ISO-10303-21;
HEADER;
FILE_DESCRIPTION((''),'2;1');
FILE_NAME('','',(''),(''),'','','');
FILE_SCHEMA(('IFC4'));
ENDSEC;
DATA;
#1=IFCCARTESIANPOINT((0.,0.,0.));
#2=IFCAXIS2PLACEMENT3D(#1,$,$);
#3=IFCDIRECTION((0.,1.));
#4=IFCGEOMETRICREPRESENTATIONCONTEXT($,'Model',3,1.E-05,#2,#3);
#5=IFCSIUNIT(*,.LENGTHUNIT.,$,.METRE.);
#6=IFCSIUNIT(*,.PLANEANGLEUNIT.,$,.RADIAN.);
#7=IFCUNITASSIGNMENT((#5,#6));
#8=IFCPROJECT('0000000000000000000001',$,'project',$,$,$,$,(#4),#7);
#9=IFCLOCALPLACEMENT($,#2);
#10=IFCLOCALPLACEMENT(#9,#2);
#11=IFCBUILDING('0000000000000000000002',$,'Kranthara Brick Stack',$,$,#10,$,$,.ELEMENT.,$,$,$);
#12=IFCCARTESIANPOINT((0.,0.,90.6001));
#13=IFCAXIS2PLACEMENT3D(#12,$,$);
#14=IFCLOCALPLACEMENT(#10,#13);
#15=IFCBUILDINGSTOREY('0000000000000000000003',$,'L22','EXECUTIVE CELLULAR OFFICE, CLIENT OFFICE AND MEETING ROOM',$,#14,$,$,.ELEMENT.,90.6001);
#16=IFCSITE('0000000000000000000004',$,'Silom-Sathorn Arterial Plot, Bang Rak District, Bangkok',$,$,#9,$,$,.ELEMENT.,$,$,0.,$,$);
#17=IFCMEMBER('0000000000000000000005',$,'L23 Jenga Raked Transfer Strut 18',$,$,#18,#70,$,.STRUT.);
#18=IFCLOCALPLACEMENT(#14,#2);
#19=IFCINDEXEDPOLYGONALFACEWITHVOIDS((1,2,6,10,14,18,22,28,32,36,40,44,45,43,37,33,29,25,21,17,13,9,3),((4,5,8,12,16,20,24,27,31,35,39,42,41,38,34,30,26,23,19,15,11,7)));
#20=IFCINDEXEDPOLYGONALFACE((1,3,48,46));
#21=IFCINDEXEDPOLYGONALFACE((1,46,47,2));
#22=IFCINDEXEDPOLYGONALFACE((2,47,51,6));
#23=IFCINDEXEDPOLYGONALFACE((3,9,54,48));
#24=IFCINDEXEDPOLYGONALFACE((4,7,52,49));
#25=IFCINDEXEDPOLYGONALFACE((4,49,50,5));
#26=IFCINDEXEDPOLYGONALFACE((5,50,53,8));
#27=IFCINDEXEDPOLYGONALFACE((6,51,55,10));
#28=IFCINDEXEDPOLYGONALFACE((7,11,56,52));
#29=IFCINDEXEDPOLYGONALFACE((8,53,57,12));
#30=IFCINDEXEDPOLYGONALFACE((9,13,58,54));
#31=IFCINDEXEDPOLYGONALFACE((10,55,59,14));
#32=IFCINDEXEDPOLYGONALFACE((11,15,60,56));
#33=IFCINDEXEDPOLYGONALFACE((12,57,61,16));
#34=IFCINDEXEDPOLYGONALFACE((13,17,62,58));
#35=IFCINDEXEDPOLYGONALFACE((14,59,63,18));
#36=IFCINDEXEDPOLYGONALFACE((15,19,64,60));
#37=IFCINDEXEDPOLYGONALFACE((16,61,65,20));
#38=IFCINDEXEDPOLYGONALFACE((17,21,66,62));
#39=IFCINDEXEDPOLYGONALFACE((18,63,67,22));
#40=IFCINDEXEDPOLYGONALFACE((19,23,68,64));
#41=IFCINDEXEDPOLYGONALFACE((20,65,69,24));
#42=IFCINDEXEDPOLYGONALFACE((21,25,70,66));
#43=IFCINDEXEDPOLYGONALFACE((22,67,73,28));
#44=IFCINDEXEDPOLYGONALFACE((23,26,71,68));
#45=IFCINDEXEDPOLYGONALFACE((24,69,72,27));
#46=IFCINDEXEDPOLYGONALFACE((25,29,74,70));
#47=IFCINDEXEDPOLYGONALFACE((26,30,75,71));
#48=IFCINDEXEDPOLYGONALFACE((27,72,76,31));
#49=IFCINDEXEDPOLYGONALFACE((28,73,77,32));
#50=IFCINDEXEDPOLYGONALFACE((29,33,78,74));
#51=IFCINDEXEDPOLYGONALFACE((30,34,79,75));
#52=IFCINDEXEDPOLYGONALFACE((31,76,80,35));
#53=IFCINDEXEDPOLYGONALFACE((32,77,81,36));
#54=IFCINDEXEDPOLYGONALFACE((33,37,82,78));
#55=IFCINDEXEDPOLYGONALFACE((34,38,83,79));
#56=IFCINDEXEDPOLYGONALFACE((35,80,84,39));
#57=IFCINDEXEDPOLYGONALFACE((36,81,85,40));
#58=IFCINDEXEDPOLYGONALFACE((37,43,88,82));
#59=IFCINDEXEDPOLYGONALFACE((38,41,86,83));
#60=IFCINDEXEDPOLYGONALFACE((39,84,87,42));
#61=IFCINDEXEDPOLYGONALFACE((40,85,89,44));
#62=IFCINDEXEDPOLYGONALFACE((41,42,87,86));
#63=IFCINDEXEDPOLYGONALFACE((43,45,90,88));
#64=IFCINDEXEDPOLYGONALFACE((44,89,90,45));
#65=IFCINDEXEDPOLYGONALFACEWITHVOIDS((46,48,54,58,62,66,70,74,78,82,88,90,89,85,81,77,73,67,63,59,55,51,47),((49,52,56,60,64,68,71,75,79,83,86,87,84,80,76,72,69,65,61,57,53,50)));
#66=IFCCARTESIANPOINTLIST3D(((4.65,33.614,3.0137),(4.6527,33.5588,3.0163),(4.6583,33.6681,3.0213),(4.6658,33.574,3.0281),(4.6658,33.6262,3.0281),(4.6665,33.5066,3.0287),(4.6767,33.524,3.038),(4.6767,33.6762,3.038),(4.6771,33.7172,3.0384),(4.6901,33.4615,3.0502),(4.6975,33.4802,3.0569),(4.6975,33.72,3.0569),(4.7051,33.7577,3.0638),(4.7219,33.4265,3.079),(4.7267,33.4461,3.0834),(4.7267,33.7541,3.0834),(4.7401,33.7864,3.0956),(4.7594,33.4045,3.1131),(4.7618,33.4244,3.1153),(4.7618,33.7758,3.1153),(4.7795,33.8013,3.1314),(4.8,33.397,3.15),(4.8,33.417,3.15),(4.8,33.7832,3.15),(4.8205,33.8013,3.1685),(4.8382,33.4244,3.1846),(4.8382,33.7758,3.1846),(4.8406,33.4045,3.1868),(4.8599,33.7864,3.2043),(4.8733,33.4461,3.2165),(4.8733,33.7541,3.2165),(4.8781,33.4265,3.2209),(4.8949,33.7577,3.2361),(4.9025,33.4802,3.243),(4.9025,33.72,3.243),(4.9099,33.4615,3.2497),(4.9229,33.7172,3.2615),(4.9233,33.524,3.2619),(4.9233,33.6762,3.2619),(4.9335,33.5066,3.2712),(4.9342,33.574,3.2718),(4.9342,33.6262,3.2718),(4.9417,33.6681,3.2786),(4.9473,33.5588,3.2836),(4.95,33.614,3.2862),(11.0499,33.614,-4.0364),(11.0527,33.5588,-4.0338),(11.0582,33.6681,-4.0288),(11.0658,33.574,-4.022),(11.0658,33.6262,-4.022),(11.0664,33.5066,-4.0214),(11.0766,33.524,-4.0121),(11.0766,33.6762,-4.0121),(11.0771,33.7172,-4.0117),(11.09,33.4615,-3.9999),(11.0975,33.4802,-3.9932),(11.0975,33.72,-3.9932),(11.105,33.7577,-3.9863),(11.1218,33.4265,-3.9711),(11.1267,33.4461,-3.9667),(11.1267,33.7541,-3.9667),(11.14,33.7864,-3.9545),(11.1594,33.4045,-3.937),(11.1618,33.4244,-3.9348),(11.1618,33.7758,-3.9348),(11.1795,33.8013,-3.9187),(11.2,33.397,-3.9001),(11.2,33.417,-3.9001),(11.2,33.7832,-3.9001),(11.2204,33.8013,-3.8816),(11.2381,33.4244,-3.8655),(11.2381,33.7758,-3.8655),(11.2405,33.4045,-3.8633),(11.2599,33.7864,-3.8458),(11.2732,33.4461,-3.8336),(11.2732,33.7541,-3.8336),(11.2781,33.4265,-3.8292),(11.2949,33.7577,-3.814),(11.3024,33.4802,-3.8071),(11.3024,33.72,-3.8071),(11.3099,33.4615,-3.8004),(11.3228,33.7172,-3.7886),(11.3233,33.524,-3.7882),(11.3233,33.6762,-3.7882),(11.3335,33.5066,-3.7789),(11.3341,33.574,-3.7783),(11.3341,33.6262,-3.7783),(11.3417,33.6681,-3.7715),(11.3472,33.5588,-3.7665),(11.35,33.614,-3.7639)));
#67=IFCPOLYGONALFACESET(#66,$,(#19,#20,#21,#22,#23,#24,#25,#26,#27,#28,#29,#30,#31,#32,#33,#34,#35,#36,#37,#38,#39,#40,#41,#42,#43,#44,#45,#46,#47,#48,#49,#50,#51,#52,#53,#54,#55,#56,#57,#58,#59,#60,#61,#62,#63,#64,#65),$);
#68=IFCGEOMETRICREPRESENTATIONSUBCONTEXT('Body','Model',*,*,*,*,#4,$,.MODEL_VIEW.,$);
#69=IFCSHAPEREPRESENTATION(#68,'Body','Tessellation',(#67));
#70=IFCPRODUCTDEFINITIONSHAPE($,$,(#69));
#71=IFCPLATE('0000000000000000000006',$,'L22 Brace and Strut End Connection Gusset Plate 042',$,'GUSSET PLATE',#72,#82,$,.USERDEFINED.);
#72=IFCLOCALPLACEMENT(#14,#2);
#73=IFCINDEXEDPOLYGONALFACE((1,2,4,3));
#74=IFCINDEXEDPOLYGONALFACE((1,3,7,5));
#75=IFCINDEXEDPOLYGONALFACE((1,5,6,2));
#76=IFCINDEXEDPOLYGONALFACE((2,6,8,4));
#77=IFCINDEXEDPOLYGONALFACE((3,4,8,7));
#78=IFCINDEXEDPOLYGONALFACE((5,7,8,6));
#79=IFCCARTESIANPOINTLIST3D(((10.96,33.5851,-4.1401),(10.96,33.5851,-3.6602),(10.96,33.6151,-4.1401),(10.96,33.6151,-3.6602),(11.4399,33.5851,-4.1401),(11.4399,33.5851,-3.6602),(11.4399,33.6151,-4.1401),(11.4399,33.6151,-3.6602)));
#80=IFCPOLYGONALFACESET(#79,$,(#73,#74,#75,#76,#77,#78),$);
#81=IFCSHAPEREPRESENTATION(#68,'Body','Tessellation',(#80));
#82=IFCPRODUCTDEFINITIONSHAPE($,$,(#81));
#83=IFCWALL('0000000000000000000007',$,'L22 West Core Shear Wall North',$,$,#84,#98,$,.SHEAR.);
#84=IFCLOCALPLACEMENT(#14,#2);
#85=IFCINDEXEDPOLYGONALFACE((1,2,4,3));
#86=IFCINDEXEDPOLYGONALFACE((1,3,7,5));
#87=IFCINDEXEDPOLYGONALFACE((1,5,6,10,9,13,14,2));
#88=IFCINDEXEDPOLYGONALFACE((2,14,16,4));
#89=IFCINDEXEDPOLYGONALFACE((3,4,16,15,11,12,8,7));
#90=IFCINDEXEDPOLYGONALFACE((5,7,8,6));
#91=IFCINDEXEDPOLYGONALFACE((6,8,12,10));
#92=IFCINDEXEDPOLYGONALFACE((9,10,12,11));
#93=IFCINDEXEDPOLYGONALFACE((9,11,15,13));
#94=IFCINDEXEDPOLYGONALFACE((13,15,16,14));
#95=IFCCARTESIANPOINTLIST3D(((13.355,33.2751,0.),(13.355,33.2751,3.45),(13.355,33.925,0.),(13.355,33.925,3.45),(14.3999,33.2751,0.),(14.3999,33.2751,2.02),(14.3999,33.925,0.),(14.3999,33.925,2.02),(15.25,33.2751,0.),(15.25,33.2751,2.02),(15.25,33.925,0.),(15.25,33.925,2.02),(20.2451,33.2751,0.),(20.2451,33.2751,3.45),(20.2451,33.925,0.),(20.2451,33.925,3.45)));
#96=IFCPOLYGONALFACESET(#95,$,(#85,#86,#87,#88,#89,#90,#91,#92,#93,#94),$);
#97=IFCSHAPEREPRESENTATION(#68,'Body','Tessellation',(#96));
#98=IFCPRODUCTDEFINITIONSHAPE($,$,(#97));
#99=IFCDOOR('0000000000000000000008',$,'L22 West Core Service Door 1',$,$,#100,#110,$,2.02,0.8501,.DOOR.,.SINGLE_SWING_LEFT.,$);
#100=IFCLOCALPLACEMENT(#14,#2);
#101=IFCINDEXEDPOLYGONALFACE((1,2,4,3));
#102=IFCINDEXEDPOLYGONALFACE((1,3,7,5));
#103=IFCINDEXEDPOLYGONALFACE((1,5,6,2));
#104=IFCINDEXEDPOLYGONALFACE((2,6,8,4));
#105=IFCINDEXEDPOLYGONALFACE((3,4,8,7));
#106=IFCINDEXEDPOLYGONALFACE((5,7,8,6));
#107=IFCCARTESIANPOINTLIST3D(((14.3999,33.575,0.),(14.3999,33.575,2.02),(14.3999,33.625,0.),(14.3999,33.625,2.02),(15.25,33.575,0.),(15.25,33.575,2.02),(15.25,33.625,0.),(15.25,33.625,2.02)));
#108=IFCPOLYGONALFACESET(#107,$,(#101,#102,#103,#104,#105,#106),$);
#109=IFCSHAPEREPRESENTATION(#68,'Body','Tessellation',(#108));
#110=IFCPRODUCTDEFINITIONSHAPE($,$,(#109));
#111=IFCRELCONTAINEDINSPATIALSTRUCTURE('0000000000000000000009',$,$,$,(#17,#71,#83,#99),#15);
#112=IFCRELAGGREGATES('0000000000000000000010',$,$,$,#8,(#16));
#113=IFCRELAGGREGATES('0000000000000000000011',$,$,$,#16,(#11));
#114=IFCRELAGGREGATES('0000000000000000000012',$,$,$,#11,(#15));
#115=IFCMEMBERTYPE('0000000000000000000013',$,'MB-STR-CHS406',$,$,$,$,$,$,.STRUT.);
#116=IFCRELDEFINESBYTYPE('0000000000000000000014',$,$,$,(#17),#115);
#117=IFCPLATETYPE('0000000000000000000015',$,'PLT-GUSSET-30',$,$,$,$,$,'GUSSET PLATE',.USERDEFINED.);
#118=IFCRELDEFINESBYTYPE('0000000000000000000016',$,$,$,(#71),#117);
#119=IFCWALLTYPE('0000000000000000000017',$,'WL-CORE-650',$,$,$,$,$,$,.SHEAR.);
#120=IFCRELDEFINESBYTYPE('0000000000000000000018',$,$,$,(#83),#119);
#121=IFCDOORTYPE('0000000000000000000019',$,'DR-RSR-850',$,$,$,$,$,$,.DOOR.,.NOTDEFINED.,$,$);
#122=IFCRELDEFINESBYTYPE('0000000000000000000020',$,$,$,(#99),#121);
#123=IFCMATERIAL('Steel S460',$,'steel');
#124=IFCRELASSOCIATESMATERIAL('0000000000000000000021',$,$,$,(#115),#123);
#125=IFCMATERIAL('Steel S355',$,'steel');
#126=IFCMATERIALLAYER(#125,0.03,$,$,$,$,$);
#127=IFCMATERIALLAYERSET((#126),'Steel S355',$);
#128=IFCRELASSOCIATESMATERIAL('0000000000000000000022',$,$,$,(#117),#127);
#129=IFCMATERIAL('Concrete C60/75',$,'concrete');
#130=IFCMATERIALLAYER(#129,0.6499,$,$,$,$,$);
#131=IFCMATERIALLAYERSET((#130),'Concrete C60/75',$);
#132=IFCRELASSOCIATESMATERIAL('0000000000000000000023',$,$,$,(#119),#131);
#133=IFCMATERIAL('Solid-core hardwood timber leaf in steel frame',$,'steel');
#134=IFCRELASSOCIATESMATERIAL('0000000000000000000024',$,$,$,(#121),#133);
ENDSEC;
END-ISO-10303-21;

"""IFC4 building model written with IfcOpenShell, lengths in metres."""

from ifc_helpers import new_model, si_unit, direction, frame, frame_2d, origin, origin_2d, place, context, subcontext, project, spatial, rectangle, hollow_circle, extrude, material, layer, layer_set, material_profile, profile_set, type_object, element, fill, save


model = new_model("IFC4")

# Units and contexts
model_context = context("Model", 3, precision=1e-05, world=origin(), true_north=direction((0.0, 1.0)))
body_context = subcontext(model_context, "Body", "Model", "MODEL_VIEW")
ifc_project = project(units=[si_unit("LENGTHUNIT", "METRE"), si_unit("PLANEANGLEUNIT", "RADIAN")], contexts=[model_context])

# Site, building, storey
site_placement = place(None, origin())
site = spatial("IfcSite", under=ifc_project, at=site_placement, Name="Silom-Sathorn Arterial Plot, Bang Rak District, Bangkok", CompositionType="ELEMENT", RefElevation=0.0)
building_placement = place(site_placement, origin())
building = spatial("IfcBuilding", under=site, at=building_placement, Name="Kranthara Brick Stack", CompositionType="ELEMENT")
storey_placement = place(building_placement, frame((0.0, 0.0, 90.6001)))
storey = spatial("IfcBuildingStorey", under=building, at=storey_placement, Name="L22", Description="EXECUTIVE CELLULAR OFFICE, CLIENT OFFICE AND MEETING ROOM", CompositionType="ELEMENT", Elevation=90.6001)

# Member
ifc_material_1 = material(Name="Steel S460", Category="steel")
ifc_material_profile_1 = material_profile(ifc_material_1, hollow_circle(Radius=0.2031, WallThickness=0.02, at=origin_2d()), Name="CHS 406.4x20")
ifc_profile_set_1 = profile_set([ifc_material_profile_1], Name="Steel S460")
member_type = type_object("IfcMemberType", Name="MB-STR-CHS406", PredefinedType="STRUT", material=ifc_profile_set_1)
member_placement = place(storey_placement, frame((11.2, 33.6001, -3.9001), z_axis=(-0.672142, 0.0, 0.740423), x_axis=(0.0, -1.0, 0.0)))
element("IfcMember", 1, at=member_placement, inside=storey, type_object=member_type, Name="L23 Jenga Raked Transfer Strut 18", PredefinedType="STRUT", context=body_context, shape_type="SweptSolid", body=[
    extrude(hollow_circle(Radius=0.2031, WallThickness=0.02, at=origin_2d()), origin(), (0.0, 0.0, 1.0), 9.5217),
])

# Plate
ifc_material_2 = material(Name="Steel S355", Category="steel")
ifc_layer_1 = layer(ifc_material_2, 0.03)
ifc_layer_set_1 = layer_set([ifc_layer_1], Name="Steel S355")
plate_type = type_object("IfcPlateType", Name="PLT-GUSSET-30", ElementType="GUSSET PLATE", PredefinedType="USERDEFINED", material=ifc_layer_set_1)
plate_placement = place(storey_placement, frame((11.2, 33.6001, -4.1401), z_axis=(0.0, 0.0, 1.0), x_axis=(1.0, 0.0, 0.0)))
element("IfcPlate", 2, at=plate_placement, inside=storey, type_object=plate_type, Name="L22 Brace and Strut End Connection Gusset Plate 042", ObjectType="GUSSET PLATE", PredefinedType="USERDEFINED", context=body_context, shape_type="SweptSolid", body=[
    extrude(rectangle(XDim=0.48, YDim=0.03, at=origin_2d()), origin(), (0.0, 0.0, 1.0), 0.48),
])

# Wall, opening, door
ifc_material_3 = material(Name="Concrete C60/75", Category="concrete")
ifc_layer_2 = layer(ifc_material_3, 0.6499)
ifc_layer_set_2 = layer_set([ifc_layer_2], Name="Concrete C60/75")
wall_type_1 = type_object("IfcWallType", Name="WL-CORE-650", PredefinedType="SHEAR", material=ifc_layer_set_2)
wall_1_placement = place(storey_placement, frame((13.355, 33.6001, 0.0), z_axis=(0.0, 0.0, 1.0), x_axis=(1.0, 0.0, 0.0)))
wall_1 = element("IfcWall", 3, at=wall_1_placement, inside=storey, type_object=wall_type_1, Name="L22 West Core Shear Wall North", PredefinedType="SHEAR", context=body_context, shape_type="SweptSolid", body=[
    extrude(rectangle(XDim=6.8901, YDim=0.6499, at=frame_2d((3.4451, 0.0))), origin(), (0.0, 0.0, 1.0), 3.45),
])
opening_1_placement = place(wall_1_placement, frame((1.0449, 0.0, 0.0)))
opening_1 = element("IfcOpeningElement", 4, at=opening_1_placement, cuts=wall_1, PredefinedType="OPENING", context=body_context, shape_type="SweptSolid", body=[
    extrude(rectangle(XDim=0.8501, YDim=2.02, at=frame_2d((0.425, 1.01))), frame((0.0, 0.335, 0.0), z_axis=(0.0, -1.0, 0.0), x_axis=(1.0, 0.0, 0.0)), (0.0, 0.0, 1.0), 0.6699),
])
ifc_material_4 = material(Name="Solid-core hardwood timber leaf in steel frame", Category="steel")
door_type_1 = type_object("IfcDoorType", Name="DR-RSR-850", OperationType="NOTDEFINED", PredefinedType="DOOR", material=ifc_material_4)
door_1_placement = place(opening_1_placement, origin())
door_1 = element("IfcDoor", 5, at=door_1_placement, inside=storey, type_object=door_type_1, Name="L22 West Core Service Door 1", OperationType="SINGLE_SWING_LEFT", OverallHeight=2.02, OverallWidth=0.8501, PredefinedType="DOOR", context=body_context, shape_type="SweptSolid", body=[
    extrude(rectangle(XDim=0.8501, YDim=2.02, at=frame_2d((0.425, 1.01))), frame((0.0, 0.0249, 0.0), z_axis=(0.0, -1.0, 0.0), x_axis=(1.0, 0.0, 0.0)), (0.0, 0.0, 1.0), 0.05),
])
fill(opening_1, door_1)

save(model, "model.ifc")
